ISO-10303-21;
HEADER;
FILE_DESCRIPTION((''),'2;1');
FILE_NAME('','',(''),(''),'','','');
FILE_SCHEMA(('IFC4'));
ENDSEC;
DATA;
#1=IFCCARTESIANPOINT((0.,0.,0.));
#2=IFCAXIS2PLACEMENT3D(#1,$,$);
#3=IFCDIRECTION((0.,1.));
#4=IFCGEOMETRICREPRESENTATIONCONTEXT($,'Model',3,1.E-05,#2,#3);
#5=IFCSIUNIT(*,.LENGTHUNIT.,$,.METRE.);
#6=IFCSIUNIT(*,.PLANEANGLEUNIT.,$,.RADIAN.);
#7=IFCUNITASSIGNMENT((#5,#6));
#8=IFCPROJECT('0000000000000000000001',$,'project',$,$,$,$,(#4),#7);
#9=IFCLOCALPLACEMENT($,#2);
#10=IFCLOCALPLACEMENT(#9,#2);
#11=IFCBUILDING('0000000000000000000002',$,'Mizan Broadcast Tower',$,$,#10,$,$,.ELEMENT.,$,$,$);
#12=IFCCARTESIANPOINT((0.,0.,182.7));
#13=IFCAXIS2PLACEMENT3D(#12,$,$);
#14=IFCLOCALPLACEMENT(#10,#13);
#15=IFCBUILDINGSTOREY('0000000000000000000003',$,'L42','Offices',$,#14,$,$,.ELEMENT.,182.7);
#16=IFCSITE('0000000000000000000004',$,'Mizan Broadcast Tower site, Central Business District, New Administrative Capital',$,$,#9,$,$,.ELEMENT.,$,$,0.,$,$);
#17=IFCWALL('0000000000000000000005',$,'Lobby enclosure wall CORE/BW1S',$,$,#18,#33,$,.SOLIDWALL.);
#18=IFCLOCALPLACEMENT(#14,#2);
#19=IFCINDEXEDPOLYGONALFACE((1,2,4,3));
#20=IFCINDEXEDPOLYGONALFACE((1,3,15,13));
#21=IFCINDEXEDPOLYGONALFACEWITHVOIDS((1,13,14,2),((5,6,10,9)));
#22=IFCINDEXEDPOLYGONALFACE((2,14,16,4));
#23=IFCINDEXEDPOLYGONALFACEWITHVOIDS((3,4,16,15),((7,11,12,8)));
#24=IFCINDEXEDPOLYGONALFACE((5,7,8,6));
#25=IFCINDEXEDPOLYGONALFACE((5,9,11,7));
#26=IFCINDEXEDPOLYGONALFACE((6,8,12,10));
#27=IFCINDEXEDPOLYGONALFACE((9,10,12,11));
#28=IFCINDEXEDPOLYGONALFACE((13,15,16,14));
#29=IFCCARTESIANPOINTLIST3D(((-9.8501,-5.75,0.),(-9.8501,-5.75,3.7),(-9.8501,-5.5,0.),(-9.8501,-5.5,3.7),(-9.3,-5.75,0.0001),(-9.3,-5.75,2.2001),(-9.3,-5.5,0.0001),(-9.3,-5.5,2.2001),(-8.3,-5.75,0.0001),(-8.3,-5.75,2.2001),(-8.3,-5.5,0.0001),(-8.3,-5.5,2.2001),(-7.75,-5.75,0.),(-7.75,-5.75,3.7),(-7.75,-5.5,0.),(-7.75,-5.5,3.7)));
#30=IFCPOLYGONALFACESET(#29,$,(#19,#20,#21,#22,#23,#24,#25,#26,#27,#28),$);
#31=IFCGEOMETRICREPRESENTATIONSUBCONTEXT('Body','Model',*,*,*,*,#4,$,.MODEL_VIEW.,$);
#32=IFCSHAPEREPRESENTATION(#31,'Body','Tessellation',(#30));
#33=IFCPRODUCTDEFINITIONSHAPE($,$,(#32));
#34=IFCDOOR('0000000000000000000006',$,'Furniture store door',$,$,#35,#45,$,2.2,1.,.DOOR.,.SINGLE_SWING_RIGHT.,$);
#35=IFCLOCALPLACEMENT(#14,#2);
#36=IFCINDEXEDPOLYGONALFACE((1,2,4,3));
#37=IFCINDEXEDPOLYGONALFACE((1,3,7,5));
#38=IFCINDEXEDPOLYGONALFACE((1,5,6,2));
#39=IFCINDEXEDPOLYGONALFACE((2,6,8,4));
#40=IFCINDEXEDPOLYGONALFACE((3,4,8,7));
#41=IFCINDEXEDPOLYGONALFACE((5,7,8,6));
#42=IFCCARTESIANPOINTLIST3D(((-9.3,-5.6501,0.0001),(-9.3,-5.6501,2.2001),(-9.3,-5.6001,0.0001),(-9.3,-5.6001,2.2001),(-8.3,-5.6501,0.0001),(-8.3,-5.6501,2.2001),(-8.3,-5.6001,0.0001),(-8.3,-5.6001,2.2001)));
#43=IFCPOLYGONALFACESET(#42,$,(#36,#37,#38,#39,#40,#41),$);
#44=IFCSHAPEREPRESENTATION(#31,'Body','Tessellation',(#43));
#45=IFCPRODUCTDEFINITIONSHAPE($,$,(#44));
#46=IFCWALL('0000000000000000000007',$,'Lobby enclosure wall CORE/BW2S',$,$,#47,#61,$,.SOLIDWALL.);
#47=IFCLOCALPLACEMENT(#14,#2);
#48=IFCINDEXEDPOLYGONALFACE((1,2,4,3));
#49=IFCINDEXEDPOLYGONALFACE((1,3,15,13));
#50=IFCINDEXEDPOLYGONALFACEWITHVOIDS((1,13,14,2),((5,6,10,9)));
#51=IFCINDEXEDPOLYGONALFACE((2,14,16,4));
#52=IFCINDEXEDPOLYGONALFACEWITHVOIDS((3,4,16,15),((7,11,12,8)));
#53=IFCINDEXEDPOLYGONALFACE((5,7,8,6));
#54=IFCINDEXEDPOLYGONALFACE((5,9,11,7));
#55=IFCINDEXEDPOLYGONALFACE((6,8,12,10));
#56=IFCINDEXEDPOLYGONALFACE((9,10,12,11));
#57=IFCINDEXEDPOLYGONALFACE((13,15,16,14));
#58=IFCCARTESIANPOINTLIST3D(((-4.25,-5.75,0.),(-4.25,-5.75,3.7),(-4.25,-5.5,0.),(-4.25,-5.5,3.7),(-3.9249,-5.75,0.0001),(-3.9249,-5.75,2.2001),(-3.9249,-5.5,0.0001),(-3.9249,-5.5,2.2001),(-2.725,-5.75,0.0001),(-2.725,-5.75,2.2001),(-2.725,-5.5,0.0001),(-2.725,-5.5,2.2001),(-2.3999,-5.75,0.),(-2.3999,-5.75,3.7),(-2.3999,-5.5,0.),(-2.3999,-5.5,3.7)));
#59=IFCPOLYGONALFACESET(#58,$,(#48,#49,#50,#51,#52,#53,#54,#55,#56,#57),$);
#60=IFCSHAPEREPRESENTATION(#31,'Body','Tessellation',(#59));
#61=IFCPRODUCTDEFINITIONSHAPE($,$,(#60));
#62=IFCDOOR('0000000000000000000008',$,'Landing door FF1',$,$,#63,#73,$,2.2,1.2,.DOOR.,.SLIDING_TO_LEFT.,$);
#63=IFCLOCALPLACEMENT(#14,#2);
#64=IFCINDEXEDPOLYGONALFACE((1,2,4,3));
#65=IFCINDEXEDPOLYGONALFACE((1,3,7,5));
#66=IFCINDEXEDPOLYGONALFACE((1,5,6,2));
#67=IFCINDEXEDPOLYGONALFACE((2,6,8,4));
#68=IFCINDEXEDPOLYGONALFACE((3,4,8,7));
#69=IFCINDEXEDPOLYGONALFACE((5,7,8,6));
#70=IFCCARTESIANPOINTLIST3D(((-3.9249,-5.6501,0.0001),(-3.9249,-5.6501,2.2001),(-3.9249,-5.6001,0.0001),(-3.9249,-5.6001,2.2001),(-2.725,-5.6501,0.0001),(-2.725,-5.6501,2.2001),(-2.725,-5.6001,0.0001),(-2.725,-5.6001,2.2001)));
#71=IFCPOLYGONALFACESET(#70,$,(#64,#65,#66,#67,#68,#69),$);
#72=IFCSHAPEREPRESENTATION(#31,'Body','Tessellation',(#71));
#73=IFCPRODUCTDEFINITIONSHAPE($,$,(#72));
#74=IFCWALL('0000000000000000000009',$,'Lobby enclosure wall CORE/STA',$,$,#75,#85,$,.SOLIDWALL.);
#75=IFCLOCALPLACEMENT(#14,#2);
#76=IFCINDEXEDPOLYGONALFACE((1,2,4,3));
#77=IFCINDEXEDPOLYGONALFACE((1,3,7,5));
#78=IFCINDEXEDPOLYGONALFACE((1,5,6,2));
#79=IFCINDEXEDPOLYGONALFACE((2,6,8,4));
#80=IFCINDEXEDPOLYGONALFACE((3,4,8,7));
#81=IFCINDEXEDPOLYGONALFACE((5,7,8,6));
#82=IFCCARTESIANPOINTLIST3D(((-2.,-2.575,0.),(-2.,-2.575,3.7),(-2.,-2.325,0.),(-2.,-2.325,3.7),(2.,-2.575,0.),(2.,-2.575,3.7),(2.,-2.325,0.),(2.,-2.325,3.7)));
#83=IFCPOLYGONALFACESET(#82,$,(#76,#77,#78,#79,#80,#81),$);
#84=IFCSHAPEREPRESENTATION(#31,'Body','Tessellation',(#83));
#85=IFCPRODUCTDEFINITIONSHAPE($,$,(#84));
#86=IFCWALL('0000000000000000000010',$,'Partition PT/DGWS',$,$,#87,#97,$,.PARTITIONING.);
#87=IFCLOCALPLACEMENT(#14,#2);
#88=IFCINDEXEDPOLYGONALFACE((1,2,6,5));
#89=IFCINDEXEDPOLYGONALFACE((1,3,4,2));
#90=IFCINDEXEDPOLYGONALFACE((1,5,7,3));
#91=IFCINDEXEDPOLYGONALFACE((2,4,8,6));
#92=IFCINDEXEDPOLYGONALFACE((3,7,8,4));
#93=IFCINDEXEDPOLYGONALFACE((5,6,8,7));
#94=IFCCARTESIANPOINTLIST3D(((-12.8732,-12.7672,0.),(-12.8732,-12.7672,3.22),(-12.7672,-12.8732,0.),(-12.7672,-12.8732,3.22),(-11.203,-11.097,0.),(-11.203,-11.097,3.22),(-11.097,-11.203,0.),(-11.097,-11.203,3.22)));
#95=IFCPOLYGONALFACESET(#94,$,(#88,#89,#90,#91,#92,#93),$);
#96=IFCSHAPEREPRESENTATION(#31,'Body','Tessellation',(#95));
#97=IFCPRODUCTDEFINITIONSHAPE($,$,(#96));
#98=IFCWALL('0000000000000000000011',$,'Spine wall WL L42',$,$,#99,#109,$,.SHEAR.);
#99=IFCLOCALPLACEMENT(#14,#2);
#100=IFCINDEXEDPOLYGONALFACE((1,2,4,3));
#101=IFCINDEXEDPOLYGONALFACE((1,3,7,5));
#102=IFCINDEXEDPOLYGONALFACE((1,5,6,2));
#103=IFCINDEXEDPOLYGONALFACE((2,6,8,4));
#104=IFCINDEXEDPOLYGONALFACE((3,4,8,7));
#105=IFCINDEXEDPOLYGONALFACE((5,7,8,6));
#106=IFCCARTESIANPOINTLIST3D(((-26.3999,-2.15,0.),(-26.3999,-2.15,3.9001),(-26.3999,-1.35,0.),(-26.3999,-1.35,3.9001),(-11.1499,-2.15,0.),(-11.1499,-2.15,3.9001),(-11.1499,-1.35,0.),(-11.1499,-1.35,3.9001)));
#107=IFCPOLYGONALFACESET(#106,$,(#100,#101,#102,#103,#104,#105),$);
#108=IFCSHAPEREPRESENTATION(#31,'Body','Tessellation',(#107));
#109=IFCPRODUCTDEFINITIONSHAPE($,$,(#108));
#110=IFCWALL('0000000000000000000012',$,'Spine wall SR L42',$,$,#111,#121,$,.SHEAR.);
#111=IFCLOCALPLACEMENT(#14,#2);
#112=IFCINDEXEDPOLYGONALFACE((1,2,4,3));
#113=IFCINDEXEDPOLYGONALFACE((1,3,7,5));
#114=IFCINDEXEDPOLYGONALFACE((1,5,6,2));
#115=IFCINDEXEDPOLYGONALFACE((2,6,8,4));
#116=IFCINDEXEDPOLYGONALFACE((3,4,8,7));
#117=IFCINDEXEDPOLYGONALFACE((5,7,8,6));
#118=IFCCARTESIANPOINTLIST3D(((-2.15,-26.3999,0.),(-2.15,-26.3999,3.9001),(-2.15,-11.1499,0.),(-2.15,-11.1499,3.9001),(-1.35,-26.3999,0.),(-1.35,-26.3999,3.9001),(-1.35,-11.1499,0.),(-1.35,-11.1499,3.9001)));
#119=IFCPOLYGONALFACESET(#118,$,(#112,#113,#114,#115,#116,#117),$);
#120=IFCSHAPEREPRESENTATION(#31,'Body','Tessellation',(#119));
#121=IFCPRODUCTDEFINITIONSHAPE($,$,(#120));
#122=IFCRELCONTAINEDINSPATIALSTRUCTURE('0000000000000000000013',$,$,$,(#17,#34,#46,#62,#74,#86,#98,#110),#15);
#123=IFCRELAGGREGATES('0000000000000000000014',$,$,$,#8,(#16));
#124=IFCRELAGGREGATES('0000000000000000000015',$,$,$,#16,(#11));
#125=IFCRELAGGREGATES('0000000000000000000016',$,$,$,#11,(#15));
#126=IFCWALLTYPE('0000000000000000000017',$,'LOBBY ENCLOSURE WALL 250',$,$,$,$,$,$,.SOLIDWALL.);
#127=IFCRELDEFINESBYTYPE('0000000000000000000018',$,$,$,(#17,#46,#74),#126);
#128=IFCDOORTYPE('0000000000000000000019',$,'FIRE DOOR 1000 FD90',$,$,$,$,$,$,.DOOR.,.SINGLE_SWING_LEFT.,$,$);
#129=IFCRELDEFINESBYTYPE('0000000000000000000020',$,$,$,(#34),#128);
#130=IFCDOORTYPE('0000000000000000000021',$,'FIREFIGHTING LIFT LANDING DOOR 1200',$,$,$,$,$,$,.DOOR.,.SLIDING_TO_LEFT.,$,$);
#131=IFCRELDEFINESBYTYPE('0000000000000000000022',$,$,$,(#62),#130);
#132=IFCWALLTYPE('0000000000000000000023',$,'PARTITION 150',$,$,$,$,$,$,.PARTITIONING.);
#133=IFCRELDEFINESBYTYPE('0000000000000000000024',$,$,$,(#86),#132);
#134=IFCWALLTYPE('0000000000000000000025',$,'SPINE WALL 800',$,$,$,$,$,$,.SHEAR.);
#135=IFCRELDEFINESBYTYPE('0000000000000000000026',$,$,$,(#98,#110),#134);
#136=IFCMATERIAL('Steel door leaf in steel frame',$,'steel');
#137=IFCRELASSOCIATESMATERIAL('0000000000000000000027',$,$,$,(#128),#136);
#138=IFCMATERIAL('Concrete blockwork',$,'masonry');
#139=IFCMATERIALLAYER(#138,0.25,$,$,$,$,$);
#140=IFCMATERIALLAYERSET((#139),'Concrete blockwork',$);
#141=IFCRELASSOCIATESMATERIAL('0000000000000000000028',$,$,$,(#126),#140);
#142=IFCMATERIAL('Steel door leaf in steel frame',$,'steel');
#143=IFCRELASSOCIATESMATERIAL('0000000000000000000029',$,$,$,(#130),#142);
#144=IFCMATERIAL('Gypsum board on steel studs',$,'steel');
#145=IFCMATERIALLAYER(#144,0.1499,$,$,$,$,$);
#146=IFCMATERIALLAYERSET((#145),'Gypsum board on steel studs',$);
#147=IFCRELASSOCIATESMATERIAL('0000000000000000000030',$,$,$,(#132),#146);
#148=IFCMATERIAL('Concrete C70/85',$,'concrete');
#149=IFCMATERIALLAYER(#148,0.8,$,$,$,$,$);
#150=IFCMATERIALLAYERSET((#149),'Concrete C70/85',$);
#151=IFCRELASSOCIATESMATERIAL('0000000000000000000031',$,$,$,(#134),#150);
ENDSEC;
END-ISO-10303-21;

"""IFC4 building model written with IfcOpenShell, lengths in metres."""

from ifc_helpers import new_model, si_unit, direction, frame, frame_2d, origin, place, context, subcontext, project, spatial, rectangle, extrude, material, layer, layer_set, type_object, element, fill, save


model = new_model("IFC4")

# Units and contexts
model_context = context("Model", 3, precision=1e-05, world=origin(), true_north=direction((0.0, 1.0)))
body_context = subcontext(model_context, "Body", "Model", "MODEL_VIEW")
ifc_project = project(units=[si_unit("LENGTHUNIT", "METRE"), si_unit("PLANEANGLEUNIT", "RADIAN")], contexts=[model_context])

# Site, building, storey
site_placement = place(None, origin())
site = spatial("IfcSite", under=ifc_project, at=site_placement, Name="Mizan Broadcast Tower site, Central Business District, New Administrative Capital", CompositionType="ELEMENT", RefElevation=0.0)
building_placement = place(site_placement, origin())
building = spatial("IfcBuilding", under=site, at=building_placement, Name="Mizan Broadcast Tower", CompositionType="ELEMENT")
storey_placement = place(building_placement, frame((0.0, 0.0, 182.7)))
storey = spatial("IfcBuildingStorey", under=building, at=storey_placement, Name="L42", Description="Offices", CompositionType="ELEMENT", Elevation=182.7)

# Shared definitions
ifc_material_1 = material(Name="Steel door leaf in steel frame", Category="steel")
door_type_1 = type_object("IfcDoorType", Name="FIRE DOOR 1000 FD90", OperationType="SINGLE_SWING_LEFT", PredefinedType="DOOR", material=ifc_material_1)

# Walls, openings, doors
ifc_material_2 = material(Name="Concrete blockwork", Category="masonry")
ifc_layer_1 = layer(ifc_material_2, 0.25)
ifc_layer_set_1 = layer_set([ifc_layer_1], Name="Concrete blockwork")
wall_type_1 = type_object("IfcWallType", Name="LOBBY ENCLOSURE WALL 250", PredefinedType="SOLIDWALL", material=ifc_layer_set_1)
wall_1_placement = place(storey_placement, frame((-9.8501, -5.625, 0.0), z_axis=(0.0, 0.0, 1.0), x_axis=(1.0, 0.0, 0.0)))
wall_1 = element("IfcWall", 1, at=wall_1_placement, inside=storey, type_object=wall_type_1, Name="Lobby enclosure wall CORE/BW1S", PredefinedType="SOLIDWALL", context=body_context, shape_type="SweptSolid", body=[
    extrude(rectangle(XDim=2.1001, YDim=0.25, at=frame_2d((1.05, 0.0))), origin(), (0.0, 0.0, 1.0), 3.7),
])
opening_1_placement = place(wall_1_placement, frame((0.55, 0.0, 0.0)))
opening_1 = element("IfcOpeningElement", 2, at=opening_1_placement, cuts=wall_1, PredefinedType="OPENING", context=body_context, shape_type="SweptSolid", body=[
    extrude(rectangle(XDim=1.0, YDim=2.2, at=frame_2d((0.5, 1.1001))), frame((0.0, 0.135, 0.0), z_axis=(0.0, -1.0, 0.0), x_axis=(1.0, 0.0, 0.0)), (0.0, 0.0, 1.0), 0.27),
])
door_1_placement = place(opening_1_placement, origin())
door_1 = element("IfcDoor", 3, at=door_1_placement, inside=storey, type_object=door_type_1, Name="Furniture store door", OperationType="SINGLE_SWING_RIGHT", OverallHeight=2.2, OverallWidth=1.0, PredefinedType="DOOR", context=body_context, shape_type="SweptSolid", body=[
    extrude(rectangle(XDim=1.0, YDim=2.2, at=frame_2d((0.5, 1.1001))), frame((0.0, 0.0249, 0.0), z_axis=(0.0, -1.0, 0.0), x_axis=(1.0, 0.0, 0.0)), (0.0, 0.0, 1.0), 0.05),
])
fill(opening_1, door_1)
wall_2_placement = place(storey_placement, frame((-4.25, -5.625, 0.0), z_axis=(0.0, 0.0, 1.0), x_axis=(1.0, 0.0, 0.0)))
wall_2 = element("IfcWall", 4, at=wall_2_placement, inside=storey, type_object=wall_type_1, Name="Lobby enclosure wall CORE/BW2S", PredefinedType="SOLIDWALL", context=body_context, shape_type="SweptSolid", body=[
    extrude(rectangle(XDim=1.8501, YDim=0.25, at=frame_2d((0.925, 0.0))), origin(), (0.0, 0.0, 1.0), 3.7),
])
opening_2_placement = place(wall_2_placement, frame((0.325, 0.0, 0.0)))
opening_2 = element("IfcOpeningElement", 5, at=opening_2_placement, cuts=wall_2, PredefinedType="OPENING", context=body_context, shape_type="SweptSolid", body=[
    extrude(rectangle(XDim=1.2, YDim=2.2, at=frame_2d((0.6001, 1.1001))), frame((0.0, 0.135, 0.0), z_axis=(0.0, -1.0, 0.0), x_axis=(1.0, 0.0, 0.0)), (0.0, 0.0, 1.0), 0.27),
])
ifc_material_3 = material(Name="Steel door leaf in steel frame", Category="steel")
door_type_2 = type_object("IfcDoorType", Name="FIREFIGHTING LIFT LANDING DOOR 1200", OperationType="SLIDING_TO_LEFT", PredefinedType="DOOR", material=ifc_material_3)
door_2_placement = place(opening_2_placement, origin())
door_2 = element("IfcDoor", 6, at=door_2_placement, inside=storey, type_object=door_type_2, Name="Landing door FF1", OperationType="SLIDING_TO_LEFT", OverallHeight=2.2, OverallWidth=1.2, PredefinedType="DOOR", context=body_context, shape_type="SweptSolid", body=[
    extrude(rectangle(XDim=1.2, YDim=2.2, at=frame_2d((0.6001, 1.1001))), frame((0.0, 0.0249, 0.0), z_axis=(0.0, -1.0, 0.0), x_axis=(1.0, 0.0, 0.0)), (0.0, 0.0, 1.0), 0.05),
])
fill(opening_2, door_2)

# Walls
wall_3_placement = place(storey_placement, frame((-2.0, -2.45, 0.0), z_axis=(0.0, 0.0, 1.0), x_axis=(1.0, 0.0, 0.0)))
element("IfcWall", 7, at=wall_3_placement, inside=storey, type_object=wall_type_1, Name="Lobby enclosure wall CORE/STA", PredefinedType="SOLIDWALL", context=body_context, shape_type="SweptSolid", body=[
    extrude(rectangle(XDim=4.0, YDim=0.25, at=frame_2d((2.0, 0.0))), origin(), (0.0, 0.0, 1.0), 3.7),
])
ifc_material_4 = material(Name="Gypsum board on steel studs", Category="steel")
ifc_layer_2 = layer(ifc_material_4, 0.1499)
ifc_layer_set_2 = layer_set([ifc_layer_2], Name="Gypsum board on steel studs")
wall_type_2 = type_object("IfcWallType", Name="PARTITION 150", PredefinedType="PARTITIONING", material=ifc_layer_set_2)
wall_4_placement = place(storey_placement, frame((-11.1499, -11.1499, 0.0), z_axis=(0.0, 0.0, 1.0), x_axis=(-0.707107, -0.707107, 0.0)))
element("IfcWall", 8, at=wall_4_placement, inside=storey, type_object=wall_type_2, Name="Partition PT/DGWS", PredefinedType="PARTITIONING", context=body_context, shape_type="SweptSolid", body=[
    extrude(rectangle(XDim=2.3621, YDim=0.1499, at=frame_2d((1.1812, 0.0))), origin(), (0.0, 0.0, 1.0), 3.22),
])
ifc_material_5 = material(Name="Concrete C70/85", Category="concrete")
ifc_layer_3 = layer(ifc_material_5, 0.8)
ifc_layer_set_3 = layer_set([ifc_layer_3], Name="Concrete C70/85")
wall_type_3 = type_object("IfcWallType", Name="SPINE WALL 800", PredefinedType="SHEAR", material=ifc_layer_set_3)
for number, where, z_axis, x_axis, name in (
    (9, (-11.1499, -1.75, 0.0), (0.0, 0.0, 1.0), (-1.0, 0.0, 0.0), "Spine wall WL L42"),
    (10, (-1.75, -11.1499, 0.0), (0.0, 0.0, 1.0), (0.0, -1.0, 0.0), "Spine wall SR L42"),
):
    element("IfcWall", number, at=place(storey_placement, frame(where, z_axis=z_axis, x_axis=x_axis)), inside=storey, type_object=wall_type_3, Name=name, PredefinedType="SHEAR", context=body_context, shape_type="SweptSolid", body=[
        extrude(rectangle(XDim=15.25, YDim=0.8, at=frame_2d((7.625, 0.0))), origin(), (0.0, 0.0, 1.0), 3.9001),
    ])

save(model, "model.ifc")
